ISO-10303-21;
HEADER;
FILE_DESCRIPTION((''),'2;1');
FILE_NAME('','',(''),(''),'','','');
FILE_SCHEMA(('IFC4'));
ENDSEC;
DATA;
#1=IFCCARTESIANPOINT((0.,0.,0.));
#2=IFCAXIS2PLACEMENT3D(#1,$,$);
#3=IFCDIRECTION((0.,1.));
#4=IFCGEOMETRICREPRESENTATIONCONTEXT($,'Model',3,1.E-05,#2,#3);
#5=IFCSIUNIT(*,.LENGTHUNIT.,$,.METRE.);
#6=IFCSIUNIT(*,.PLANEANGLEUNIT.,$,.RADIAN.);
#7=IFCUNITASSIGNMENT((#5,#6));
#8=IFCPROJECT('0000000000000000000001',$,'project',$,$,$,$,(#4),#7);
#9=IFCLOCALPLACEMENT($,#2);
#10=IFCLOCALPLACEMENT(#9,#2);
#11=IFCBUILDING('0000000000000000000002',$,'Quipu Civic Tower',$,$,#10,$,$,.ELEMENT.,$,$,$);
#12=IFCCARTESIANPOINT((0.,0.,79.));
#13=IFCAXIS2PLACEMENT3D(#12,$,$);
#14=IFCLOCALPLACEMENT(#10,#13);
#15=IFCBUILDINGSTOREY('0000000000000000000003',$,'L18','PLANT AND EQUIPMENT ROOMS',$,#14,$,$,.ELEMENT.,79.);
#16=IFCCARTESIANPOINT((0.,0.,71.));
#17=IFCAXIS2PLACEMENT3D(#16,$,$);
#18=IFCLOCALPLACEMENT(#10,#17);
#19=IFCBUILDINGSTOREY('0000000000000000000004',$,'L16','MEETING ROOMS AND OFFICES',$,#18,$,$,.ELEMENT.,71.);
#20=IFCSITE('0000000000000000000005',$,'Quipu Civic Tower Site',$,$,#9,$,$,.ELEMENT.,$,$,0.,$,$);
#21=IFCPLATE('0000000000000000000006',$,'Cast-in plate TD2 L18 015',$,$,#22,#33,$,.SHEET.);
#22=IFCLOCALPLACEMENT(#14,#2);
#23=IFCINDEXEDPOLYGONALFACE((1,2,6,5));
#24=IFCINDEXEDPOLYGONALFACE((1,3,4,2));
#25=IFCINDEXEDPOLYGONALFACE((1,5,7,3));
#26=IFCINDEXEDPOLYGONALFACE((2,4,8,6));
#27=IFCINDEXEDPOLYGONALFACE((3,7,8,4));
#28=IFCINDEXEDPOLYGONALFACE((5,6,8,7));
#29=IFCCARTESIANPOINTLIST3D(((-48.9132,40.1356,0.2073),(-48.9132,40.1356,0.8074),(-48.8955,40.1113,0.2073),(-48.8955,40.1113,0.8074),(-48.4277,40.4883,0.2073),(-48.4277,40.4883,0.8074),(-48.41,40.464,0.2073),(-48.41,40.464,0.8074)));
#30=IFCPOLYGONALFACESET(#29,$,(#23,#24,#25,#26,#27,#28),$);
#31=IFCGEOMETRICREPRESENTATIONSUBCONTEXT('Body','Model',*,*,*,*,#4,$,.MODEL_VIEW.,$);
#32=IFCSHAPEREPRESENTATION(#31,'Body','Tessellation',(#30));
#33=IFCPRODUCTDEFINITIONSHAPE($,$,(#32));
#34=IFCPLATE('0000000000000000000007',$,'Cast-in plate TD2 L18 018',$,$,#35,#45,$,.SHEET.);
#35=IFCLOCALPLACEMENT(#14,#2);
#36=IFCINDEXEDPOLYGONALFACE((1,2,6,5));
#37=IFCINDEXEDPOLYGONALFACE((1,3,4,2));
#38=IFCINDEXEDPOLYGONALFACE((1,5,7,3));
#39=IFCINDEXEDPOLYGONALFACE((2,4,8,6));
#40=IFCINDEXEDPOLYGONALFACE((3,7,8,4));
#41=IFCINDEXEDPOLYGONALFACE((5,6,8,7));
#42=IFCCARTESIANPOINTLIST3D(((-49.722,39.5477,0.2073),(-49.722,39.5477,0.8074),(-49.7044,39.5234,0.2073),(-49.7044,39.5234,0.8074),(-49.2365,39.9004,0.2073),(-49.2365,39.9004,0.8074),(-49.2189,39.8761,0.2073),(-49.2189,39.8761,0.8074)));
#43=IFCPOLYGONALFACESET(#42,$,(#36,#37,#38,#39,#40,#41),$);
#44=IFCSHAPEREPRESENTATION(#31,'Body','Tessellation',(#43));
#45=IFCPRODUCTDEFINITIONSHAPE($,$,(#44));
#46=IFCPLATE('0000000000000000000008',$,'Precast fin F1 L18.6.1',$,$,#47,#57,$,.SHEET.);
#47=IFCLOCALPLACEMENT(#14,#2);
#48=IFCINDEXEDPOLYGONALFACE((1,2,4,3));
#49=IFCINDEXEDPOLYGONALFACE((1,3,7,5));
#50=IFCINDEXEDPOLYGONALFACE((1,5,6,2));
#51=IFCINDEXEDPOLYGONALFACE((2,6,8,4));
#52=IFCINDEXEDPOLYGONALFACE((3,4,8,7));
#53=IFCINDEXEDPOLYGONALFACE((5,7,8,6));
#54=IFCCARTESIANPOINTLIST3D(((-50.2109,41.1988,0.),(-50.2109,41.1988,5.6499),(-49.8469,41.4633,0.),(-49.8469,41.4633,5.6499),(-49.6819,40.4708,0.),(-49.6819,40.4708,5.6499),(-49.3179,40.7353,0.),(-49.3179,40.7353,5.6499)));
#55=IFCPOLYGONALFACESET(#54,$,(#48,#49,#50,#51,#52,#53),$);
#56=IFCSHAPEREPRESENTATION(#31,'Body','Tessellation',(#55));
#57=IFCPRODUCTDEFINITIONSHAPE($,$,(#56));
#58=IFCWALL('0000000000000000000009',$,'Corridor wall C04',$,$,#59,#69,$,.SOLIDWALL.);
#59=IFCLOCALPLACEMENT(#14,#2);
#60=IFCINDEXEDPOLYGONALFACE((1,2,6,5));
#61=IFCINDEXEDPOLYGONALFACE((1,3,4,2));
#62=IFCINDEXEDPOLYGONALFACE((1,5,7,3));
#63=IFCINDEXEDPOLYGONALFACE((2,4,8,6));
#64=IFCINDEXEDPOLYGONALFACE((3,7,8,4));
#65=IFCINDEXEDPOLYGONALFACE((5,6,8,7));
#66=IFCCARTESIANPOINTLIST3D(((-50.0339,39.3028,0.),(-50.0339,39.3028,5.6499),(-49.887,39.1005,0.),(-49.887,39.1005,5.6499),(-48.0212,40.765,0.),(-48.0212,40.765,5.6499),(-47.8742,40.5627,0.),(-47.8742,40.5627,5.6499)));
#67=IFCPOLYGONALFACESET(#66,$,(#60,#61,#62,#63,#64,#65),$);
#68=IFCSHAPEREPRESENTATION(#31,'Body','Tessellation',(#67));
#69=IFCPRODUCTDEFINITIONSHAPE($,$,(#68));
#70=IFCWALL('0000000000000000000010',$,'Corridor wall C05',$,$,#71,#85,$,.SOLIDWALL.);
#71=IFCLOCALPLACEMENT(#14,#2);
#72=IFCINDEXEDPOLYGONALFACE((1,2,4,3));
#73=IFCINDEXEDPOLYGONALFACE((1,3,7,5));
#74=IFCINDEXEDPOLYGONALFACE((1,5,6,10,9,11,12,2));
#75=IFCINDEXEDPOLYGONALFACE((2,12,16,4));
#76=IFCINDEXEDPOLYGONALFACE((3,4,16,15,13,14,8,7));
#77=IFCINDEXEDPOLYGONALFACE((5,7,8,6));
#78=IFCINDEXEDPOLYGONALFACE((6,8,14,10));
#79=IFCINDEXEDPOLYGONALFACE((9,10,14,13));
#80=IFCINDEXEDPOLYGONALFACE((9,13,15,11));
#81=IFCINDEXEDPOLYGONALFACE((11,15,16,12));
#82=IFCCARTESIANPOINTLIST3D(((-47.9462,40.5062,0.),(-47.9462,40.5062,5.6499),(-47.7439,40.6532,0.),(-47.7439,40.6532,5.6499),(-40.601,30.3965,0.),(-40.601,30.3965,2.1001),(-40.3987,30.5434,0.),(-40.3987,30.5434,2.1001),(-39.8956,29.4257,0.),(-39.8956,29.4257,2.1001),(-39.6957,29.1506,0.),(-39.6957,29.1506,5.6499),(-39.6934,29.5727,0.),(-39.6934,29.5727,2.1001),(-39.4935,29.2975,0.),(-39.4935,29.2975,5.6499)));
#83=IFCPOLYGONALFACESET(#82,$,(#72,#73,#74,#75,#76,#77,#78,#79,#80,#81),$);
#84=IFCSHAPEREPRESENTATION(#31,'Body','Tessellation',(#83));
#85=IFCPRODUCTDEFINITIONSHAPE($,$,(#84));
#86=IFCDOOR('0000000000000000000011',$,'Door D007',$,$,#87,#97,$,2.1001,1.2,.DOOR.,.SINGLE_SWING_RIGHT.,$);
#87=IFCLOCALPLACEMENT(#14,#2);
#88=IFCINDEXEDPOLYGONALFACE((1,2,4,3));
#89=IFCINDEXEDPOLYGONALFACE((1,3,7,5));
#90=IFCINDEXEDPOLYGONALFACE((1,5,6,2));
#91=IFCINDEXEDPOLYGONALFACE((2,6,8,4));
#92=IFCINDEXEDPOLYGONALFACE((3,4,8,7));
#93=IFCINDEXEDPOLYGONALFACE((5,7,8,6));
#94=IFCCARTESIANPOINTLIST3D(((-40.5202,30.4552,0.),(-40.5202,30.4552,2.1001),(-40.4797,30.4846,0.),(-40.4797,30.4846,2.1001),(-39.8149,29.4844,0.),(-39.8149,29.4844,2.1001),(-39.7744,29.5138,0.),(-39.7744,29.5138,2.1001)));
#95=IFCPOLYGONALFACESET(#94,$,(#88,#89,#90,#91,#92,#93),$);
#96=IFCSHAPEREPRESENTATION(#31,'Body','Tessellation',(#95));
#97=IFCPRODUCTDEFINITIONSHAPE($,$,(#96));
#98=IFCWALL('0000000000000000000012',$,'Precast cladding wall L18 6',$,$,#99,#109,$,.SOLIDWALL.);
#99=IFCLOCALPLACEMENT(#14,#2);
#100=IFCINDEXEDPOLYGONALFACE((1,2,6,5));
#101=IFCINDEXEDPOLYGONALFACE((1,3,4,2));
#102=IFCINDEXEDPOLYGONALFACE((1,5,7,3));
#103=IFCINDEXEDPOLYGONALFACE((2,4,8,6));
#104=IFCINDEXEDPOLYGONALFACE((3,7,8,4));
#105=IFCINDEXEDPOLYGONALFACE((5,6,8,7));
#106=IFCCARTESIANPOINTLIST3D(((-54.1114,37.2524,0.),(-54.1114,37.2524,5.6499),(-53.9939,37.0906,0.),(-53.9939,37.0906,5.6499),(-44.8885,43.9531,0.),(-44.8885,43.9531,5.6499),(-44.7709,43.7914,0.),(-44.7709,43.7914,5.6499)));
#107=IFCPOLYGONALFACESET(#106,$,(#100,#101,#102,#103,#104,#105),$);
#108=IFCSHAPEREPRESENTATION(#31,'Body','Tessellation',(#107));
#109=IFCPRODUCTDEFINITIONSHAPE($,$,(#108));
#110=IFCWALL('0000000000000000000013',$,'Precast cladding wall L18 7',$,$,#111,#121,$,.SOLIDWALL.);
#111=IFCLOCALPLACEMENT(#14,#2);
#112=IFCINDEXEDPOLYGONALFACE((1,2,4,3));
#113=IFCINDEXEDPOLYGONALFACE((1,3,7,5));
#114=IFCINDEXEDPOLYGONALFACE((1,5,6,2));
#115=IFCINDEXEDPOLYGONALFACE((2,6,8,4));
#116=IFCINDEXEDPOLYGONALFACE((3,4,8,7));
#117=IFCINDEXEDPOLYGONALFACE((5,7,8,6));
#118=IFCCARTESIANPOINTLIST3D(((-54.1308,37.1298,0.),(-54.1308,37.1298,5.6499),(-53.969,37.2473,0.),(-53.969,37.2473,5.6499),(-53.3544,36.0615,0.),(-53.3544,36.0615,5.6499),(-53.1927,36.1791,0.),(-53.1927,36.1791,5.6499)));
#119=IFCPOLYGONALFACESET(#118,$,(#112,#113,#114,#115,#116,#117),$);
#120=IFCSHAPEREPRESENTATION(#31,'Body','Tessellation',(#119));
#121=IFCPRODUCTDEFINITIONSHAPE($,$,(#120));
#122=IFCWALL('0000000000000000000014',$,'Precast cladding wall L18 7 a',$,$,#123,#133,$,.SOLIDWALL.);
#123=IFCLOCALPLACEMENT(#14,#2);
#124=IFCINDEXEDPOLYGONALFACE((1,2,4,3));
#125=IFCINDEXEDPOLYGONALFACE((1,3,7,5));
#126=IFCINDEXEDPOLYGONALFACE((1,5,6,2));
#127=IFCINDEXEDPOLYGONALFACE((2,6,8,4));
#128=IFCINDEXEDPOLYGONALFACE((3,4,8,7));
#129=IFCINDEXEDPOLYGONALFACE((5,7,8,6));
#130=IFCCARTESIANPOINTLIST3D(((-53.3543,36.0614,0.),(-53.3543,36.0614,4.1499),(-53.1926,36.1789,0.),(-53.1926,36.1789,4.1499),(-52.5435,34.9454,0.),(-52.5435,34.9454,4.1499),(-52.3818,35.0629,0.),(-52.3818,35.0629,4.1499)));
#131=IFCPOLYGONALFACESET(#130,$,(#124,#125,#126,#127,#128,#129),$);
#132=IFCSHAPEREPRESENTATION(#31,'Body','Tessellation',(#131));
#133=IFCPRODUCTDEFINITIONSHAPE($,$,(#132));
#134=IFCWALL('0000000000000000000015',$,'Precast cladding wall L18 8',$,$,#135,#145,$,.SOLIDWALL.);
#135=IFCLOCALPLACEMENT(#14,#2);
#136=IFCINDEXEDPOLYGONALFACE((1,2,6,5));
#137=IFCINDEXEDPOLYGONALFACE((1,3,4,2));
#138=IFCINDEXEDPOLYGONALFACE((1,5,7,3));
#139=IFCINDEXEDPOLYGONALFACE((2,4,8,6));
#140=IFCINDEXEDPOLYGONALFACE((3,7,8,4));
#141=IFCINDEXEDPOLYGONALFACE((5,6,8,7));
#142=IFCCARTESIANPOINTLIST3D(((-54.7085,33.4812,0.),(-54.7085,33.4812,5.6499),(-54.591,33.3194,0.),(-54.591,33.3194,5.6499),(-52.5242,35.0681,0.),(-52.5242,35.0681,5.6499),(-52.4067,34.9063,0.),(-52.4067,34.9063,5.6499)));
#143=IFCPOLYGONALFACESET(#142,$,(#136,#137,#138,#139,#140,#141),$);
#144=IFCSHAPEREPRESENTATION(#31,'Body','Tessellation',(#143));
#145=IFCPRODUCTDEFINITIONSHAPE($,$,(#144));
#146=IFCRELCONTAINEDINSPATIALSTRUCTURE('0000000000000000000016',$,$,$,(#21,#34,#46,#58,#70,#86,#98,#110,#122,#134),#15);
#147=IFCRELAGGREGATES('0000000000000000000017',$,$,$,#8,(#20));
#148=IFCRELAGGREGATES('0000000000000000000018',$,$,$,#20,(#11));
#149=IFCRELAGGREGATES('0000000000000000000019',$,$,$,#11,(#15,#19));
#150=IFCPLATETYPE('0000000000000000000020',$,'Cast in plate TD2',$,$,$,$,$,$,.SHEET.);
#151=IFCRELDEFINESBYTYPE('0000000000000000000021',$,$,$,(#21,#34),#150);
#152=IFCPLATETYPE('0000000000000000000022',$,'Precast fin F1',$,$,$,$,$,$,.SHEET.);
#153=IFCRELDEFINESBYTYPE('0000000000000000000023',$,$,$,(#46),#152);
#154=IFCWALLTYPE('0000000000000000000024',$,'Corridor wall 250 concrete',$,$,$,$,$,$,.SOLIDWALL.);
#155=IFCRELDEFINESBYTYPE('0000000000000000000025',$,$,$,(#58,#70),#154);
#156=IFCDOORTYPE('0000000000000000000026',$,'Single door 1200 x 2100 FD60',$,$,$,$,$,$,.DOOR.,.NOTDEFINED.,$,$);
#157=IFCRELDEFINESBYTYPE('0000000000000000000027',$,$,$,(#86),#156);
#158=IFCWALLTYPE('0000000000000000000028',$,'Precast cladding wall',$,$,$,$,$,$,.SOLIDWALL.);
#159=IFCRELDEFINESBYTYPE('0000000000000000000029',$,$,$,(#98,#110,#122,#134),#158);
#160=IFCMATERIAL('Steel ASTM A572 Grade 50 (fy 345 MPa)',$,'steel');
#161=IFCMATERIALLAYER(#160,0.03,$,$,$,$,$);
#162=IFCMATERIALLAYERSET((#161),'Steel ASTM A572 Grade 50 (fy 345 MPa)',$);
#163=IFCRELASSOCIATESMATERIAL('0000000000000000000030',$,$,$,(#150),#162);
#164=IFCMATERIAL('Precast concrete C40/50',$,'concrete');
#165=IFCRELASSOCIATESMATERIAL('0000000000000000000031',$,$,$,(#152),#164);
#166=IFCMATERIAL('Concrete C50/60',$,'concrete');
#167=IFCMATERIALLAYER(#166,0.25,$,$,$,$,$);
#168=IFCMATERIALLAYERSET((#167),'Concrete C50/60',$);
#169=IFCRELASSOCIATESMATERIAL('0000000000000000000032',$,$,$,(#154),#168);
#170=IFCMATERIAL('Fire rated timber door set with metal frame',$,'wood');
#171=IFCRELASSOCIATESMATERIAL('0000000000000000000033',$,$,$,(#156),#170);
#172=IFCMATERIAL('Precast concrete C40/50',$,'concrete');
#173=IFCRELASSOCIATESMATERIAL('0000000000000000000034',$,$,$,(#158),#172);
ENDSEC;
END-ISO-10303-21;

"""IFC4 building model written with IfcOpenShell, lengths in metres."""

from ifc_helpers import new_model, si_unit, direction, frame, frame_2d, origin, origin_2d, place, context, subcontext, project, spatial, rectangle, extrude, material, layer, layer_set, type_object, element, fill, save


model = new_model("IFC4")

# Units and contexts
model_context = context("Model", 3, precision=1e-05, world=origin(), true_north=direction((0.0, 1.0)))
body_context = subcontext(model_context, "Body", "Model", "MODEL_VIEW")
ifc_project = project(units=[si_unit("LENGTHUNIT", "METRE"), si_unit("PLANEANGLEUNIT", "RADIAN")], contexts=[model_context])

# Site, building, storey
site_placement = place(None, origin())
site = spatial("IfcSite", under=ifc_project, at=site_placement, Name="Quipu Civic Tower Site", CompositionType="ELEMENT", RefElevation=0.0)
building_placement = place(site_placement, origin())
building = spatial("IfcBuilding", under=site, at=building_placement, Name="Quipu Civic Tower", CompositionType="ELEMENT")
storey_1_placement = place(building_placement, frame((0.0, 0.0, 79.0)))
storey_1 = spatial("IfcBuildingStorey", under=building, at=storey_1_placement, Name="L18", Description="PLANT AND EQUIPMENT ROOMS", CompositionType="ELEMENT", Elevation=79.0)

# Shared definitions
storey_2_placement = place(building_placement, frame((0.0, 0.0, 71.0)))
storey_2 = spatial("IfcBuildingStorey", under=building, at=storey_2_placement, Name="L16", Description="MEETING ROOMS AND OFFICES", CompositionType="ELEMENT", Elevation=71.0)

# Plates
ifc_material_1 = material(Name="Steel ASTM A572 Grade 50 (fy 345 MPa)", Category="steel")
ifc_layer_1 = layer(ifc_material_1, 0.03)
ifc_layer_set_1 = layer_set([ifc_layer_1], Name="Steel ASTM A572 Grade 50 (fy 345 MPa)")
plate_type_1 = type_object("IfcPlateType", Name="Cast in plate TD2", PredefinedType="SHEET", material=ifc_layer_set_1)
for number, where, z_axis, x_axis, name in (
    (1, (-48.6616, 40.2998, 0.2073), (0.0, 0.0, 1.0), (0.809027, 0.587771, 0.0), "Cast-in plate TD2 L18 015"),
    (2, (-49.4705, 39.7119, 0.2073), (0.0, 0.0, 1.0), (0.809027, 0.587771, 0.0), "Cast-in plate TD2 L18 018"),
):
    element("IfcPlate", number, at=place(storey_1_placement, frame(where, z_axis=z_axis, x_axis=x_axis)), inside=storey_1, type_object=plate_type_1, Name=name, PredefinedType="SHEET", context=body_context, shape_type="SweptSolid", body=[
        extrude(rectangle(XDim=0.6001, YDim=0.03, at=origin_2d()), origin(), (0.0, 0.0, 1.0), 0.6001),
    ])
ifc_material_2 = material(Name="Precast concrete C40/50", Category="concrete")
plate_type_2 = type_object("IfcPlateType", Name="Precast fin F1", PredefinedType="SHEET", material=ifc_material_2)
plate_placement = place(storey_1_placement, frame((-49.7644, 40.967, 0.0), z_axis=(0.0, 0.0, 1.0), x_axis=(-0.809021, -0.587779, 0.0)))
element("IfcPlate", 3, at=plate_placement, inside=storey_1, type_object=plate_type_2, Name="Precast fin F1 L18.6.1", PredefinedType="SHEET", context=body_context, shape_type="SweptSolid", body=[
    extrude(rectangle(XDim=0.45, YDim=0.8999, at=origin_2d()), origin(), (0.0, 0.0, 1.0), 5.6499),
])

# Wall
ifc_material_3 = material(Name="Concrete C50/60", Category="concrete")
ifc_layer_2 = layer(ifc_material_3, 0.25)
ifc_layer_set_2 = layer_set([ifc_layer_2], Name="Concrete C50/60")
wall_type_1 = type_object("IfcWallType", Name="Corridor wall 250 concrete", PredefinedType="SOLIDWALL", material=ifc_layer_set_2)
wall_1_placement = place(storey_1_placement, frame((-49.9604, 39.2017, 0.0), z_axis=(0.0, 0.0, 1.0), x_axis=(0.809046, 0.587746, 0.0)))
element("IfcWall", 4, at=wall_1_placement, inside=storey_1, type_object=wall_type_1, Name="Corridor wall C04", PredefinedType="SOLIDWALL", context=body_context, shape_type="SweptSolid", body=[
    extrude(rectangle(XDim=2.4878, YDim=0.25, at=frame_2d((1.2439, 0.0))), origin(), (0.0, 0.0, 1.0), 5.6499),
])

# Wall, opening, door
wall_2_placement = place(storey_1_placement, frame((-47.845, 40.5796, 0.0), z_axis=(0.0, 0.0, 1.0), x_axis=(0.587789, -0.809014, 0.0)))
wall_2 = element("IfcWall", 5, at=wall_2_placement, inside=storey_1, type_object=wall_type_1, Name="Corridor wall C05", PredefinedType="SOLIDWALL", context=body_context, shape_type="SweptSolid", body=[
    extrude(rectangle(XDim=14.0364, YDim=0.25, at=frame_2d((7.0181, 0.0))), origin(), (0.0, 0.0, 1.0), 5.6499),
])
opening_placement = place(wall_2_placement, frame((12.4961, 0.0, 0.0)))
opening = element("IfcOpeningElement", 6, at=opening_placement, cuts=wall_2, PredefinedType="OPENING", context=body_context, shape_type="SweptSolid", body=[
    extrude(rectangle(XDim=1.2, YDim=2.1001, at=frame_2d((0.6001, 1.05))), frame((0.0, 0.135, 0.0), z_axis=(0.0, -1.0, 0.0), x_axis=(1.0, 0.0, 0.0)), (0.0, 0.0, 1.0), 0.27),
])
ifc_material_4 = material(Name="Fire rated timber door set with metal frame", Category="wood")
door_type = type_object("IfcDoorType", Name="Single door 1200 x 2100 FD60", OperationType="NOTDEFINED", PredefinedType="DOOR", material=ifc_material_4)
door_placement = place(opening_placement, origin())
door = element("IfcDoor", 7, at=door_placement, inside=storey_1, type_object=door_type, Name="Door D007", OperationType="SINGLE_SWING_RIGHT", OverallHeight=2.1001, OverallWidth=1.2, PredefinedType="DOOR", context=body_context, shape_type="SweptSolid", body=[
    extrude(rectangle(XDim=1.2, YDim=2.1001, at=frame_2d((0.6001, 1.05))), frame((0.0, 0.0249, 0.0), z_axis=(0.0, -1.0, 0.0), x_axis=(1.0, 0.0, 0.0)), (0.0, 0.0, 1.0), 0.05),
])
fill(opening, door)

# Walls
ifc_material_5 = material(Name="Precast concrete C40/50", Category="concrete")
wall_type_2 = type_object("IfcWallType", Name="Precast cladding wall", PredefinedType="SOLIDWALL", material=ifc_material_5)
wall_3_placement = place(storey_1_placement, frame((-44.8296, 43.8723, 0.0), z_axis=(0.0, 0.0, 1.0), x_axis=(-0.809023, -0.587777, 0.0)))
element("IfcWall", 8, at=wall_3_placement, inside=storey_1, type_object=wall_type_2, Name="Precast cladding wall L18 6", PredefinedType="SOLIDWALL", context=body_context, shape_type="SweptSolid", body=[
    extrude(rectangle(XDim=11.4001, YDim=0.2, at=frame_2d((5.7002, 0.0))), origin(), (0.0, 0.0, 1.0), 5.6499),
])
wall_4_placement = place(storey_1_placement, frame((-54.0498, 37.1885, 0.0), z_axis=(0.0, 0.0, 1.0), x_axis=(0.587864, -0.80896, 0.0)))
element("IfcWall", 9, at=wall_4_placement, inside=storey_1, type_object=wall_type_2, Name="Precast cladding wall L18 7", PredefinedType="SOLIDWALL", context=body_context, shape_type="SweptSolid", body=[
    extrude(rectangle(XDim=1.3206, YDim=0.2, at=frame_2d((0.6602, 0.0))), origin(), (0.0, 0.0, 1.0), 5.6499),
])
wall_5_placement = place(storey_1_placement, frame((-53.2734, 36.1201, 0.0), z_axis=(0.0, 0.0, 1.0), x_axis=(0.587782, -0.809019, 0.0)))
element("IfcWall", 10, at=wall_5_placement, inside=storey_1, type_object=wall_type_2, Name="Precast cladding wall L18 7 a", PredefinedType="SOLIDWALL", context=body_context, shape_type="SweptSolid", body=[
    extrude(rectangle(XDim=1.3794, YDim=0.2, at=frame_2d((0.6897, 0.0))), origin(), (0.0, 0.0, 1.0), 4.1499),
])
wall_6_placement = place(storey_1_placement, frame((-52.4653, 34.9873, 0.0), z_axis=(0.0, 0.0, 1.0), x_axis=(-0.809033, -0.587763, 0.0)))
element("IfcWall", 11, at=wall_6_placement, inside=storey_1, type_object=wall_type_2, Name="Precast cladding wall L18 8", PredefinedType="SOLIDWALL", context=body_context, shape_type="SweptSolid", body=[
    extrude(rectangle(XDim=2.7, YDim=0.2, at=frame_2d((1.3501, 0.0))), origin(), (0.0, 0.0, 1.0), 5.6499),
])

save(model, "model.ifc")
